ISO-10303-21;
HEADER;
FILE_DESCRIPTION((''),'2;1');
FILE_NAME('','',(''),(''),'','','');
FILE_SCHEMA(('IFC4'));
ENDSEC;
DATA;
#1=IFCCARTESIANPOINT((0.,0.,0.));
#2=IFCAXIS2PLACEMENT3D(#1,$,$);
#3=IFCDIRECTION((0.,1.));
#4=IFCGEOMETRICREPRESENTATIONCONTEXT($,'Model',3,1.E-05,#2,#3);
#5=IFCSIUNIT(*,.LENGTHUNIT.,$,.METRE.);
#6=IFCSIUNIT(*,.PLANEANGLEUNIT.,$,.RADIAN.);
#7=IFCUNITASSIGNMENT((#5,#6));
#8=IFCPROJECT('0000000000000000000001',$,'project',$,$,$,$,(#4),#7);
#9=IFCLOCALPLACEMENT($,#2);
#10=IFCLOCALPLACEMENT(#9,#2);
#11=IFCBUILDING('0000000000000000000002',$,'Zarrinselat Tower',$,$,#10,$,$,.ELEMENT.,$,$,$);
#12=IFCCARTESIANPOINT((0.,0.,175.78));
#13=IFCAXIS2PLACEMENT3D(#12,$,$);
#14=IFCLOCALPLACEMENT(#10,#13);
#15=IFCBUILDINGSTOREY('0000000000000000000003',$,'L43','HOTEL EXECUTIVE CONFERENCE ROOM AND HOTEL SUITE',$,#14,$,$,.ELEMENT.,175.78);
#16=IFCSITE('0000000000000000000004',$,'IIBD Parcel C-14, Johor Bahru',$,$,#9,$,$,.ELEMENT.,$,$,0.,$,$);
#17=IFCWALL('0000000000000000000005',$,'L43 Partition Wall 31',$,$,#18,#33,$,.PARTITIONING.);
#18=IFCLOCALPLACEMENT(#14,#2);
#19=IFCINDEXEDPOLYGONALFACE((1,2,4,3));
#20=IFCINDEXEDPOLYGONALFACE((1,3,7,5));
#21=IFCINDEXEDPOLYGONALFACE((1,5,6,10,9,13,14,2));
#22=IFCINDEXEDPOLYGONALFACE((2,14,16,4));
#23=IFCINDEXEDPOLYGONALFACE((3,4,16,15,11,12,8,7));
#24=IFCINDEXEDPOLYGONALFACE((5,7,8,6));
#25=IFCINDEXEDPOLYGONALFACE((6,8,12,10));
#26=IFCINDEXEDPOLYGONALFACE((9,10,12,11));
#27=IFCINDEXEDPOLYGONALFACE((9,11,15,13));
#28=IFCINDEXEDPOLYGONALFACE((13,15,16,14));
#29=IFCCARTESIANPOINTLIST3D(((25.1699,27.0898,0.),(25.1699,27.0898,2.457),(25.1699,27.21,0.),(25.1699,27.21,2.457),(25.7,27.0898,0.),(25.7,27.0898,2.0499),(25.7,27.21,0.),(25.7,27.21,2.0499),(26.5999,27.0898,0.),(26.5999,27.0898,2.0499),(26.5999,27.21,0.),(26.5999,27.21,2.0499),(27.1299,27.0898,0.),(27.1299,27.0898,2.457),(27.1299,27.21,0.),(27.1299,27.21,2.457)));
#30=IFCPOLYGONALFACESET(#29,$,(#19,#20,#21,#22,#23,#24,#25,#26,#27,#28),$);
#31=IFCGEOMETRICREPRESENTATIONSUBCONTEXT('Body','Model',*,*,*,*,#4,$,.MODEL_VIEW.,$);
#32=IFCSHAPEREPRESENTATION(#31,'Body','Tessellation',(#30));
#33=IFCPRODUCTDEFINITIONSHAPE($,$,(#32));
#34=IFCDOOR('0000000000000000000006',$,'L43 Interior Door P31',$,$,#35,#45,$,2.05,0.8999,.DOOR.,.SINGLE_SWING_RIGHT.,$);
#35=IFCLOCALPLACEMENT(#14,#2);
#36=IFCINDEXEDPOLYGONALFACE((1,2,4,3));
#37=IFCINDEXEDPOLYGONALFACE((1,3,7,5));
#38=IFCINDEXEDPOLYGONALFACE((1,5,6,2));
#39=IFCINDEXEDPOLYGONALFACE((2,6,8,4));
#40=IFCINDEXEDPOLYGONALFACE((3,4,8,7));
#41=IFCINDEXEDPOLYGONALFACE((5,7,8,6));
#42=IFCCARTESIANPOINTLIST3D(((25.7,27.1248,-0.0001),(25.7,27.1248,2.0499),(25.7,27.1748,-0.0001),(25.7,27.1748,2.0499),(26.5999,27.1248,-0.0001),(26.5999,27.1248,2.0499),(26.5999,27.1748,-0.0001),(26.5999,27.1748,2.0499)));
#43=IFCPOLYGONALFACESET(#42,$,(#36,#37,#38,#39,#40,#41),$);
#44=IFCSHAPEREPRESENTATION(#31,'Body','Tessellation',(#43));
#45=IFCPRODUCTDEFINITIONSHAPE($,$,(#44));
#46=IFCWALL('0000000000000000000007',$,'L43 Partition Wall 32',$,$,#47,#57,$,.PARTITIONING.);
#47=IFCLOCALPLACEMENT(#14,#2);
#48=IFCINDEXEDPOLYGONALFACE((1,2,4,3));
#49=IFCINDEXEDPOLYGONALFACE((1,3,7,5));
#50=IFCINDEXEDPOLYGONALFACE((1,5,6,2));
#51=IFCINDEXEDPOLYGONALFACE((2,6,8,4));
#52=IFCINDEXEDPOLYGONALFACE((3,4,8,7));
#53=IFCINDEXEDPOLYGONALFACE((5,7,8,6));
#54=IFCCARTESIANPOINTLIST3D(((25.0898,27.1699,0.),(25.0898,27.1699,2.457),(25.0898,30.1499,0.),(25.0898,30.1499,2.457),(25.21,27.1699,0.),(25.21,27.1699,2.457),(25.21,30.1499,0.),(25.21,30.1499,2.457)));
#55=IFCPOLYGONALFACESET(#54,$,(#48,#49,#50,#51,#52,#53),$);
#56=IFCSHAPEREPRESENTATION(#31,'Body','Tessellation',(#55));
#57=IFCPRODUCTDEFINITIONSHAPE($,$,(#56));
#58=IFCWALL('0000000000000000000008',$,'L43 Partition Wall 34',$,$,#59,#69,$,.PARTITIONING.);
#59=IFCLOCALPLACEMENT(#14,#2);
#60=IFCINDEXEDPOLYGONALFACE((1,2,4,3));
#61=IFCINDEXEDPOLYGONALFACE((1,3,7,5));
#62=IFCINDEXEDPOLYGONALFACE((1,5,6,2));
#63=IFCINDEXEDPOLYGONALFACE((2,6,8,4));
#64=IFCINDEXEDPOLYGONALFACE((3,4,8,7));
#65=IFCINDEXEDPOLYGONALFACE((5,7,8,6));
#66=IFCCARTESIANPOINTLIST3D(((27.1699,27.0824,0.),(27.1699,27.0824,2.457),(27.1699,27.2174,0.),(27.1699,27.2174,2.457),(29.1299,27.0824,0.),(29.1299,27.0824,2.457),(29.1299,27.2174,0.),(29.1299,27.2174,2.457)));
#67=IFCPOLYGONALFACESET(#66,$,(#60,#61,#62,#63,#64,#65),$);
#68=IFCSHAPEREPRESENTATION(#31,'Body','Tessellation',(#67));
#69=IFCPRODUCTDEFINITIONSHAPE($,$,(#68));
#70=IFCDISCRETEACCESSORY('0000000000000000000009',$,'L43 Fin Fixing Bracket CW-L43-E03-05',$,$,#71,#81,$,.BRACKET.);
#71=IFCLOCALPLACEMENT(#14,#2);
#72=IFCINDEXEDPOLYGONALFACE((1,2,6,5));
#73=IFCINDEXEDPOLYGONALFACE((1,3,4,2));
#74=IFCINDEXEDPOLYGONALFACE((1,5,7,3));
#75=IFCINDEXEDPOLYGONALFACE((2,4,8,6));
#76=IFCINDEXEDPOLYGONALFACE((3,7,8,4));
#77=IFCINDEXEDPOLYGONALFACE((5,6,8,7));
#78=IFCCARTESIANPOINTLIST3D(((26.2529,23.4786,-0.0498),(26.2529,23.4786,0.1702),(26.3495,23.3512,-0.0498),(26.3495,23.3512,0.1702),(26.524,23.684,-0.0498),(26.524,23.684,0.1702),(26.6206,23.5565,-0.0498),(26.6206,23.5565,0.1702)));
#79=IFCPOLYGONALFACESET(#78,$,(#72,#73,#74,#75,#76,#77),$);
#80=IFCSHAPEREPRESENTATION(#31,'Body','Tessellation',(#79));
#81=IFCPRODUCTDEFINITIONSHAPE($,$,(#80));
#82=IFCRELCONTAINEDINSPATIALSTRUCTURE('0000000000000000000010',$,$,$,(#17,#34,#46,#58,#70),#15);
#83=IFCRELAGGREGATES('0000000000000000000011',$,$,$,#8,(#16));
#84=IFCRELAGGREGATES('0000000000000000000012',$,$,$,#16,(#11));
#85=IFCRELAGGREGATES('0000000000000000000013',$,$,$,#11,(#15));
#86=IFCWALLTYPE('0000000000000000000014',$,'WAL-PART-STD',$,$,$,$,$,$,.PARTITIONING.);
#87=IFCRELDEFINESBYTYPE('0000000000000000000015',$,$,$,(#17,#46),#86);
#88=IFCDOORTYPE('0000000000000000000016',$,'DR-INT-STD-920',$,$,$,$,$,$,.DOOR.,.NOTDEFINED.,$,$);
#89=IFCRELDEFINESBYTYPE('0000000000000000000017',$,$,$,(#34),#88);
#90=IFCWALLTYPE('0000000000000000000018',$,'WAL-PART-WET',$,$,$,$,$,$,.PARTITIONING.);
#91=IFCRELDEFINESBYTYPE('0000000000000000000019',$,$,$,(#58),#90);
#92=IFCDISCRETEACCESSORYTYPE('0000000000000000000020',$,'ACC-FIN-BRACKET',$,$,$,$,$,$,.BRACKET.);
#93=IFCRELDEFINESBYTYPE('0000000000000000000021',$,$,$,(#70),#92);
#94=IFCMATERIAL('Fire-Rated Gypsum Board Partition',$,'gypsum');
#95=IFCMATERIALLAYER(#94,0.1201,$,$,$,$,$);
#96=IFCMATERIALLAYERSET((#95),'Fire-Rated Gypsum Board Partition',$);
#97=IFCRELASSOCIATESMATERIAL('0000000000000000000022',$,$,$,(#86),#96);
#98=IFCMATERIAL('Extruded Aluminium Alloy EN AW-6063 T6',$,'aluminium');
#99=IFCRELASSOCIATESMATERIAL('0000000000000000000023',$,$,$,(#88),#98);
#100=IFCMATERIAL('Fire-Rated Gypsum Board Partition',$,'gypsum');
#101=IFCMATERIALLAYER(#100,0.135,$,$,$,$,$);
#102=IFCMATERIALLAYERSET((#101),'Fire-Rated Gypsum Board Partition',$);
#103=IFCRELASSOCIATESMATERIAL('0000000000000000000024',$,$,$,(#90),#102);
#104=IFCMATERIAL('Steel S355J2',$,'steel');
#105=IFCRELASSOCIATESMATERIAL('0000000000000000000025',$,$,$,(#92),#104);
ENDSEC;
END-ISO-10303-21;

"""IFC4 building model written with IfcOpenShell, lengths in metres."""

from ifc_helpers import new_model, si_unit, direction, frame, frame_2d, origin, origin_2d, place, context, subcontext, project, spatial, rectangle, extrude, material, layer, layer_set, type_object, element, fill, save


model = new_model("IFC4")

# Units and contexts
model_context = context("Model", 3, precision=1e-05, world=origin(), true_north=direction((0.0, 1.0)))
body_context = subcontext(model_context, "Body", "Model", "MODEL_VIEW")
ifc_project = project(units=[si_unit("LENGTHUNIT", "METRE"), si_unit("PLANEANGLEUNIT", "RADIAN")], contexts=[model_context])

# Site, building, storey
site_placement = place(None, origin())
site = spatial("IfcSite", under=ifc_project, at=site_placement, Name="IIBD Parcel C-14, Johor Bahru", CompositionType="ELEMENT", RefElevation=0.0)
building_placement = place(site_placement, origin())
building = spatial("IfcBuilding", under=site, at=building_placement, Name="Zarrinselat Tower", CompositionType="ELEMENT")
storey_placement = place(building_placement, frame((0.0, 0.0, 175.78)))
storey = spatial("IfcBuildingStorey", under=building, at=storey_placement, Name="L43", Description="HOTEL EXECUTIVE CONFERENCE ROOM AND HOTEL SUITE", CompositionType="ELEMENT", Elevation=175.78)

# Wall, opening, door
ifc_material_1 = material(Name="Fire-Rated Gypsum Board Partition", Category="gypsum")
ifc_layer_1 = layer(ifc_material_1, 0.1201)
ifc_layer_set_1 = layer_set([ifc_layer_1], Name="Fire-Rated Gypsum Board Partition")
wall_type_1 = type_object("IfcWallType", Name="WAL-PART-STD", PredefinedType="PARTITIONING", material=ifc_layer_set_1)
wall_1_placement = place(storey_placement, frame((25.1699, 27.1499, 0.0), z_axis=(0.0, 0.0, 1.0), x_axis=(1.0, 0.0, 0.0)))
wall_1 = element("IfcWall", 1, at=wall_1_placement, inside=storey, type_object=wall_type_1, Name="L43 Partition Wall 31", PredefinedType="PARTITIONING", context=body_context, shape_type="SweptSolid", body=[
    extrude(rectangle(XDim=1.96, YDim=0.1201, at=frame_2d((0.98, 0.0))), origin(), (0.0, 0.0, 1.0), 2.457),
])
opening_placement = place(wall_1_placement, frame((0.53, 0.0, 0.0)))
opening = element("IfcOpeningElement", 2, at=opening_placement, cuts=wall_1, PredefinedType="OPENING", context=body_context, shape_type="SweptSolid", body=[
    extrude(rectangle(XDim=0.8999, YDim=2.05, at=frame_2d((0.45, 1.0249))), frame((0.0, 0.0701, 0.0), z_axis=(0.0, -1.0, 0.0), x_axis=(1.0, 0.0, 0.0)), (0.0, 0.0, 1.0), 0.1401),
])
ifc_material_2 = material(Name="Extruded Aluminium Alloy EN AW-6063 T6", Category="aluminium")
door_type = type_object("IfcDoorType", Name="DR-INT-STD-920", OperationType="NOTDEFINED", PredefinedType="DOOR", material=ifc_material_2)
door_placement = place(opening_placement, origin())
door = element("IfcDoor", 3, at=door_placement, inside=storey, type_object=door_type, Name="L43 Interior Door P31", OperationType="SINGLE_SWING_RIGHT", OverallHeight=2.05, OverallWidth=0.8999, PredefinedType="DOOR", context=body_context, shape_type="SweptSolid", body=[
    extrude(rectangle(XDim=0.8999, YDim=2.05, at=frame_2d((0.45, 1.0249))), frame((0.0, 0.0249, 0.0), z_axis=(0.0, -1.0, 0.0), x_axis=(1.0, 0.0, 0.0)), (0.0, 0.0, 1.0), 0.05),
])
fill(opening, door)

# Walls
wall_2_placement = place(storey_placement, frame((25.1499, 27.1699, 0.0), z_axis=(0.0, 0.0, 1.0), x_axis=(0.0, 1.0, 0.0)))
element("IfcWall", 4, at=wall_2_placement, inside=storey, type_object=wall_type_1, Name="L43 Partition Wall 32", PredefinedType="PARTITIONING", context=body_context, shape_type="SweptSolid", body=[
    extrude(rectangle(XDim=2.98, YDim=0.1201, at=frame_2d((1.49, 0.0))), origin(), (0.0, 0.0, 1.0), 2.457),
])
ifc_material_3 = material(Name="Fire-Rated Gypsum Board Partition", Category="gypsum")
ifc_layer_2 = layer(ifc_material_3, 0.135)
ifc_layer_set_2 = layer_set([ifc_layer_2], Name="Fire-Rated Gypsum Board Partition")
wall_type_2 = type_object("IfcWallType", Name="WAL-PART-WET", PredefinedType="PARTITIONING", material=ifc_layer_set_2)
wall_3_placement = place(storey_placement, frame((27.1699, 27.1499, 0.0), z_axis=(0.0, 0.0, 1.0), x_axis=(1.0, 0.0, 0.0)))
element("IfcWall", 5, at=wall_3_placement, inside=storey, type_object=wall_type_2, Name="L43 Partition Wall 34", PredefinedType="PARTITIONING", context=body_context, shape_type="SweptSolid", body=[
    extrude(rectangle(XDim=1.96, YDim=0.135, at=frame_2d((0.98, 0.0))), origin(), (0.0, 0.0, 1.0), 2.457),
])

# Discrete accessory
ifc_material_4 = material(Name="Steel S355J2", Category="steel")
discrete_accessory_type = type_object("IfcDiscreteAccessoryType", Name="ACC-FIN-BRACKET", PredefinedType="BRACKET", material=ifc_material_4)
discrete_accessory_placement = place(storey_placement, frame((26.4368, 23.5176, -0.0498), z_axis=(0.0, 0.0, 1.0), x_axis=(-0.797092, -0.603857, 0.0)))
element("IfcDiscreteAccessory", 6, at=discrete_accessory_placement, inside=storey, type_object=discrete_accessory_type, Name="L43 Fin Fixing Bracket CW-L43-E03-05", PredefinedType="BRACKET", context=body_context, shape_type="SweptSolid", body=[
    extrude(rectangle(XDim=0.3401, YDim=0.1599, at=origin_2d()), origin(), (0.0, 0.0, 1.0), 0.22),
])

save(model, "model.ifc")
